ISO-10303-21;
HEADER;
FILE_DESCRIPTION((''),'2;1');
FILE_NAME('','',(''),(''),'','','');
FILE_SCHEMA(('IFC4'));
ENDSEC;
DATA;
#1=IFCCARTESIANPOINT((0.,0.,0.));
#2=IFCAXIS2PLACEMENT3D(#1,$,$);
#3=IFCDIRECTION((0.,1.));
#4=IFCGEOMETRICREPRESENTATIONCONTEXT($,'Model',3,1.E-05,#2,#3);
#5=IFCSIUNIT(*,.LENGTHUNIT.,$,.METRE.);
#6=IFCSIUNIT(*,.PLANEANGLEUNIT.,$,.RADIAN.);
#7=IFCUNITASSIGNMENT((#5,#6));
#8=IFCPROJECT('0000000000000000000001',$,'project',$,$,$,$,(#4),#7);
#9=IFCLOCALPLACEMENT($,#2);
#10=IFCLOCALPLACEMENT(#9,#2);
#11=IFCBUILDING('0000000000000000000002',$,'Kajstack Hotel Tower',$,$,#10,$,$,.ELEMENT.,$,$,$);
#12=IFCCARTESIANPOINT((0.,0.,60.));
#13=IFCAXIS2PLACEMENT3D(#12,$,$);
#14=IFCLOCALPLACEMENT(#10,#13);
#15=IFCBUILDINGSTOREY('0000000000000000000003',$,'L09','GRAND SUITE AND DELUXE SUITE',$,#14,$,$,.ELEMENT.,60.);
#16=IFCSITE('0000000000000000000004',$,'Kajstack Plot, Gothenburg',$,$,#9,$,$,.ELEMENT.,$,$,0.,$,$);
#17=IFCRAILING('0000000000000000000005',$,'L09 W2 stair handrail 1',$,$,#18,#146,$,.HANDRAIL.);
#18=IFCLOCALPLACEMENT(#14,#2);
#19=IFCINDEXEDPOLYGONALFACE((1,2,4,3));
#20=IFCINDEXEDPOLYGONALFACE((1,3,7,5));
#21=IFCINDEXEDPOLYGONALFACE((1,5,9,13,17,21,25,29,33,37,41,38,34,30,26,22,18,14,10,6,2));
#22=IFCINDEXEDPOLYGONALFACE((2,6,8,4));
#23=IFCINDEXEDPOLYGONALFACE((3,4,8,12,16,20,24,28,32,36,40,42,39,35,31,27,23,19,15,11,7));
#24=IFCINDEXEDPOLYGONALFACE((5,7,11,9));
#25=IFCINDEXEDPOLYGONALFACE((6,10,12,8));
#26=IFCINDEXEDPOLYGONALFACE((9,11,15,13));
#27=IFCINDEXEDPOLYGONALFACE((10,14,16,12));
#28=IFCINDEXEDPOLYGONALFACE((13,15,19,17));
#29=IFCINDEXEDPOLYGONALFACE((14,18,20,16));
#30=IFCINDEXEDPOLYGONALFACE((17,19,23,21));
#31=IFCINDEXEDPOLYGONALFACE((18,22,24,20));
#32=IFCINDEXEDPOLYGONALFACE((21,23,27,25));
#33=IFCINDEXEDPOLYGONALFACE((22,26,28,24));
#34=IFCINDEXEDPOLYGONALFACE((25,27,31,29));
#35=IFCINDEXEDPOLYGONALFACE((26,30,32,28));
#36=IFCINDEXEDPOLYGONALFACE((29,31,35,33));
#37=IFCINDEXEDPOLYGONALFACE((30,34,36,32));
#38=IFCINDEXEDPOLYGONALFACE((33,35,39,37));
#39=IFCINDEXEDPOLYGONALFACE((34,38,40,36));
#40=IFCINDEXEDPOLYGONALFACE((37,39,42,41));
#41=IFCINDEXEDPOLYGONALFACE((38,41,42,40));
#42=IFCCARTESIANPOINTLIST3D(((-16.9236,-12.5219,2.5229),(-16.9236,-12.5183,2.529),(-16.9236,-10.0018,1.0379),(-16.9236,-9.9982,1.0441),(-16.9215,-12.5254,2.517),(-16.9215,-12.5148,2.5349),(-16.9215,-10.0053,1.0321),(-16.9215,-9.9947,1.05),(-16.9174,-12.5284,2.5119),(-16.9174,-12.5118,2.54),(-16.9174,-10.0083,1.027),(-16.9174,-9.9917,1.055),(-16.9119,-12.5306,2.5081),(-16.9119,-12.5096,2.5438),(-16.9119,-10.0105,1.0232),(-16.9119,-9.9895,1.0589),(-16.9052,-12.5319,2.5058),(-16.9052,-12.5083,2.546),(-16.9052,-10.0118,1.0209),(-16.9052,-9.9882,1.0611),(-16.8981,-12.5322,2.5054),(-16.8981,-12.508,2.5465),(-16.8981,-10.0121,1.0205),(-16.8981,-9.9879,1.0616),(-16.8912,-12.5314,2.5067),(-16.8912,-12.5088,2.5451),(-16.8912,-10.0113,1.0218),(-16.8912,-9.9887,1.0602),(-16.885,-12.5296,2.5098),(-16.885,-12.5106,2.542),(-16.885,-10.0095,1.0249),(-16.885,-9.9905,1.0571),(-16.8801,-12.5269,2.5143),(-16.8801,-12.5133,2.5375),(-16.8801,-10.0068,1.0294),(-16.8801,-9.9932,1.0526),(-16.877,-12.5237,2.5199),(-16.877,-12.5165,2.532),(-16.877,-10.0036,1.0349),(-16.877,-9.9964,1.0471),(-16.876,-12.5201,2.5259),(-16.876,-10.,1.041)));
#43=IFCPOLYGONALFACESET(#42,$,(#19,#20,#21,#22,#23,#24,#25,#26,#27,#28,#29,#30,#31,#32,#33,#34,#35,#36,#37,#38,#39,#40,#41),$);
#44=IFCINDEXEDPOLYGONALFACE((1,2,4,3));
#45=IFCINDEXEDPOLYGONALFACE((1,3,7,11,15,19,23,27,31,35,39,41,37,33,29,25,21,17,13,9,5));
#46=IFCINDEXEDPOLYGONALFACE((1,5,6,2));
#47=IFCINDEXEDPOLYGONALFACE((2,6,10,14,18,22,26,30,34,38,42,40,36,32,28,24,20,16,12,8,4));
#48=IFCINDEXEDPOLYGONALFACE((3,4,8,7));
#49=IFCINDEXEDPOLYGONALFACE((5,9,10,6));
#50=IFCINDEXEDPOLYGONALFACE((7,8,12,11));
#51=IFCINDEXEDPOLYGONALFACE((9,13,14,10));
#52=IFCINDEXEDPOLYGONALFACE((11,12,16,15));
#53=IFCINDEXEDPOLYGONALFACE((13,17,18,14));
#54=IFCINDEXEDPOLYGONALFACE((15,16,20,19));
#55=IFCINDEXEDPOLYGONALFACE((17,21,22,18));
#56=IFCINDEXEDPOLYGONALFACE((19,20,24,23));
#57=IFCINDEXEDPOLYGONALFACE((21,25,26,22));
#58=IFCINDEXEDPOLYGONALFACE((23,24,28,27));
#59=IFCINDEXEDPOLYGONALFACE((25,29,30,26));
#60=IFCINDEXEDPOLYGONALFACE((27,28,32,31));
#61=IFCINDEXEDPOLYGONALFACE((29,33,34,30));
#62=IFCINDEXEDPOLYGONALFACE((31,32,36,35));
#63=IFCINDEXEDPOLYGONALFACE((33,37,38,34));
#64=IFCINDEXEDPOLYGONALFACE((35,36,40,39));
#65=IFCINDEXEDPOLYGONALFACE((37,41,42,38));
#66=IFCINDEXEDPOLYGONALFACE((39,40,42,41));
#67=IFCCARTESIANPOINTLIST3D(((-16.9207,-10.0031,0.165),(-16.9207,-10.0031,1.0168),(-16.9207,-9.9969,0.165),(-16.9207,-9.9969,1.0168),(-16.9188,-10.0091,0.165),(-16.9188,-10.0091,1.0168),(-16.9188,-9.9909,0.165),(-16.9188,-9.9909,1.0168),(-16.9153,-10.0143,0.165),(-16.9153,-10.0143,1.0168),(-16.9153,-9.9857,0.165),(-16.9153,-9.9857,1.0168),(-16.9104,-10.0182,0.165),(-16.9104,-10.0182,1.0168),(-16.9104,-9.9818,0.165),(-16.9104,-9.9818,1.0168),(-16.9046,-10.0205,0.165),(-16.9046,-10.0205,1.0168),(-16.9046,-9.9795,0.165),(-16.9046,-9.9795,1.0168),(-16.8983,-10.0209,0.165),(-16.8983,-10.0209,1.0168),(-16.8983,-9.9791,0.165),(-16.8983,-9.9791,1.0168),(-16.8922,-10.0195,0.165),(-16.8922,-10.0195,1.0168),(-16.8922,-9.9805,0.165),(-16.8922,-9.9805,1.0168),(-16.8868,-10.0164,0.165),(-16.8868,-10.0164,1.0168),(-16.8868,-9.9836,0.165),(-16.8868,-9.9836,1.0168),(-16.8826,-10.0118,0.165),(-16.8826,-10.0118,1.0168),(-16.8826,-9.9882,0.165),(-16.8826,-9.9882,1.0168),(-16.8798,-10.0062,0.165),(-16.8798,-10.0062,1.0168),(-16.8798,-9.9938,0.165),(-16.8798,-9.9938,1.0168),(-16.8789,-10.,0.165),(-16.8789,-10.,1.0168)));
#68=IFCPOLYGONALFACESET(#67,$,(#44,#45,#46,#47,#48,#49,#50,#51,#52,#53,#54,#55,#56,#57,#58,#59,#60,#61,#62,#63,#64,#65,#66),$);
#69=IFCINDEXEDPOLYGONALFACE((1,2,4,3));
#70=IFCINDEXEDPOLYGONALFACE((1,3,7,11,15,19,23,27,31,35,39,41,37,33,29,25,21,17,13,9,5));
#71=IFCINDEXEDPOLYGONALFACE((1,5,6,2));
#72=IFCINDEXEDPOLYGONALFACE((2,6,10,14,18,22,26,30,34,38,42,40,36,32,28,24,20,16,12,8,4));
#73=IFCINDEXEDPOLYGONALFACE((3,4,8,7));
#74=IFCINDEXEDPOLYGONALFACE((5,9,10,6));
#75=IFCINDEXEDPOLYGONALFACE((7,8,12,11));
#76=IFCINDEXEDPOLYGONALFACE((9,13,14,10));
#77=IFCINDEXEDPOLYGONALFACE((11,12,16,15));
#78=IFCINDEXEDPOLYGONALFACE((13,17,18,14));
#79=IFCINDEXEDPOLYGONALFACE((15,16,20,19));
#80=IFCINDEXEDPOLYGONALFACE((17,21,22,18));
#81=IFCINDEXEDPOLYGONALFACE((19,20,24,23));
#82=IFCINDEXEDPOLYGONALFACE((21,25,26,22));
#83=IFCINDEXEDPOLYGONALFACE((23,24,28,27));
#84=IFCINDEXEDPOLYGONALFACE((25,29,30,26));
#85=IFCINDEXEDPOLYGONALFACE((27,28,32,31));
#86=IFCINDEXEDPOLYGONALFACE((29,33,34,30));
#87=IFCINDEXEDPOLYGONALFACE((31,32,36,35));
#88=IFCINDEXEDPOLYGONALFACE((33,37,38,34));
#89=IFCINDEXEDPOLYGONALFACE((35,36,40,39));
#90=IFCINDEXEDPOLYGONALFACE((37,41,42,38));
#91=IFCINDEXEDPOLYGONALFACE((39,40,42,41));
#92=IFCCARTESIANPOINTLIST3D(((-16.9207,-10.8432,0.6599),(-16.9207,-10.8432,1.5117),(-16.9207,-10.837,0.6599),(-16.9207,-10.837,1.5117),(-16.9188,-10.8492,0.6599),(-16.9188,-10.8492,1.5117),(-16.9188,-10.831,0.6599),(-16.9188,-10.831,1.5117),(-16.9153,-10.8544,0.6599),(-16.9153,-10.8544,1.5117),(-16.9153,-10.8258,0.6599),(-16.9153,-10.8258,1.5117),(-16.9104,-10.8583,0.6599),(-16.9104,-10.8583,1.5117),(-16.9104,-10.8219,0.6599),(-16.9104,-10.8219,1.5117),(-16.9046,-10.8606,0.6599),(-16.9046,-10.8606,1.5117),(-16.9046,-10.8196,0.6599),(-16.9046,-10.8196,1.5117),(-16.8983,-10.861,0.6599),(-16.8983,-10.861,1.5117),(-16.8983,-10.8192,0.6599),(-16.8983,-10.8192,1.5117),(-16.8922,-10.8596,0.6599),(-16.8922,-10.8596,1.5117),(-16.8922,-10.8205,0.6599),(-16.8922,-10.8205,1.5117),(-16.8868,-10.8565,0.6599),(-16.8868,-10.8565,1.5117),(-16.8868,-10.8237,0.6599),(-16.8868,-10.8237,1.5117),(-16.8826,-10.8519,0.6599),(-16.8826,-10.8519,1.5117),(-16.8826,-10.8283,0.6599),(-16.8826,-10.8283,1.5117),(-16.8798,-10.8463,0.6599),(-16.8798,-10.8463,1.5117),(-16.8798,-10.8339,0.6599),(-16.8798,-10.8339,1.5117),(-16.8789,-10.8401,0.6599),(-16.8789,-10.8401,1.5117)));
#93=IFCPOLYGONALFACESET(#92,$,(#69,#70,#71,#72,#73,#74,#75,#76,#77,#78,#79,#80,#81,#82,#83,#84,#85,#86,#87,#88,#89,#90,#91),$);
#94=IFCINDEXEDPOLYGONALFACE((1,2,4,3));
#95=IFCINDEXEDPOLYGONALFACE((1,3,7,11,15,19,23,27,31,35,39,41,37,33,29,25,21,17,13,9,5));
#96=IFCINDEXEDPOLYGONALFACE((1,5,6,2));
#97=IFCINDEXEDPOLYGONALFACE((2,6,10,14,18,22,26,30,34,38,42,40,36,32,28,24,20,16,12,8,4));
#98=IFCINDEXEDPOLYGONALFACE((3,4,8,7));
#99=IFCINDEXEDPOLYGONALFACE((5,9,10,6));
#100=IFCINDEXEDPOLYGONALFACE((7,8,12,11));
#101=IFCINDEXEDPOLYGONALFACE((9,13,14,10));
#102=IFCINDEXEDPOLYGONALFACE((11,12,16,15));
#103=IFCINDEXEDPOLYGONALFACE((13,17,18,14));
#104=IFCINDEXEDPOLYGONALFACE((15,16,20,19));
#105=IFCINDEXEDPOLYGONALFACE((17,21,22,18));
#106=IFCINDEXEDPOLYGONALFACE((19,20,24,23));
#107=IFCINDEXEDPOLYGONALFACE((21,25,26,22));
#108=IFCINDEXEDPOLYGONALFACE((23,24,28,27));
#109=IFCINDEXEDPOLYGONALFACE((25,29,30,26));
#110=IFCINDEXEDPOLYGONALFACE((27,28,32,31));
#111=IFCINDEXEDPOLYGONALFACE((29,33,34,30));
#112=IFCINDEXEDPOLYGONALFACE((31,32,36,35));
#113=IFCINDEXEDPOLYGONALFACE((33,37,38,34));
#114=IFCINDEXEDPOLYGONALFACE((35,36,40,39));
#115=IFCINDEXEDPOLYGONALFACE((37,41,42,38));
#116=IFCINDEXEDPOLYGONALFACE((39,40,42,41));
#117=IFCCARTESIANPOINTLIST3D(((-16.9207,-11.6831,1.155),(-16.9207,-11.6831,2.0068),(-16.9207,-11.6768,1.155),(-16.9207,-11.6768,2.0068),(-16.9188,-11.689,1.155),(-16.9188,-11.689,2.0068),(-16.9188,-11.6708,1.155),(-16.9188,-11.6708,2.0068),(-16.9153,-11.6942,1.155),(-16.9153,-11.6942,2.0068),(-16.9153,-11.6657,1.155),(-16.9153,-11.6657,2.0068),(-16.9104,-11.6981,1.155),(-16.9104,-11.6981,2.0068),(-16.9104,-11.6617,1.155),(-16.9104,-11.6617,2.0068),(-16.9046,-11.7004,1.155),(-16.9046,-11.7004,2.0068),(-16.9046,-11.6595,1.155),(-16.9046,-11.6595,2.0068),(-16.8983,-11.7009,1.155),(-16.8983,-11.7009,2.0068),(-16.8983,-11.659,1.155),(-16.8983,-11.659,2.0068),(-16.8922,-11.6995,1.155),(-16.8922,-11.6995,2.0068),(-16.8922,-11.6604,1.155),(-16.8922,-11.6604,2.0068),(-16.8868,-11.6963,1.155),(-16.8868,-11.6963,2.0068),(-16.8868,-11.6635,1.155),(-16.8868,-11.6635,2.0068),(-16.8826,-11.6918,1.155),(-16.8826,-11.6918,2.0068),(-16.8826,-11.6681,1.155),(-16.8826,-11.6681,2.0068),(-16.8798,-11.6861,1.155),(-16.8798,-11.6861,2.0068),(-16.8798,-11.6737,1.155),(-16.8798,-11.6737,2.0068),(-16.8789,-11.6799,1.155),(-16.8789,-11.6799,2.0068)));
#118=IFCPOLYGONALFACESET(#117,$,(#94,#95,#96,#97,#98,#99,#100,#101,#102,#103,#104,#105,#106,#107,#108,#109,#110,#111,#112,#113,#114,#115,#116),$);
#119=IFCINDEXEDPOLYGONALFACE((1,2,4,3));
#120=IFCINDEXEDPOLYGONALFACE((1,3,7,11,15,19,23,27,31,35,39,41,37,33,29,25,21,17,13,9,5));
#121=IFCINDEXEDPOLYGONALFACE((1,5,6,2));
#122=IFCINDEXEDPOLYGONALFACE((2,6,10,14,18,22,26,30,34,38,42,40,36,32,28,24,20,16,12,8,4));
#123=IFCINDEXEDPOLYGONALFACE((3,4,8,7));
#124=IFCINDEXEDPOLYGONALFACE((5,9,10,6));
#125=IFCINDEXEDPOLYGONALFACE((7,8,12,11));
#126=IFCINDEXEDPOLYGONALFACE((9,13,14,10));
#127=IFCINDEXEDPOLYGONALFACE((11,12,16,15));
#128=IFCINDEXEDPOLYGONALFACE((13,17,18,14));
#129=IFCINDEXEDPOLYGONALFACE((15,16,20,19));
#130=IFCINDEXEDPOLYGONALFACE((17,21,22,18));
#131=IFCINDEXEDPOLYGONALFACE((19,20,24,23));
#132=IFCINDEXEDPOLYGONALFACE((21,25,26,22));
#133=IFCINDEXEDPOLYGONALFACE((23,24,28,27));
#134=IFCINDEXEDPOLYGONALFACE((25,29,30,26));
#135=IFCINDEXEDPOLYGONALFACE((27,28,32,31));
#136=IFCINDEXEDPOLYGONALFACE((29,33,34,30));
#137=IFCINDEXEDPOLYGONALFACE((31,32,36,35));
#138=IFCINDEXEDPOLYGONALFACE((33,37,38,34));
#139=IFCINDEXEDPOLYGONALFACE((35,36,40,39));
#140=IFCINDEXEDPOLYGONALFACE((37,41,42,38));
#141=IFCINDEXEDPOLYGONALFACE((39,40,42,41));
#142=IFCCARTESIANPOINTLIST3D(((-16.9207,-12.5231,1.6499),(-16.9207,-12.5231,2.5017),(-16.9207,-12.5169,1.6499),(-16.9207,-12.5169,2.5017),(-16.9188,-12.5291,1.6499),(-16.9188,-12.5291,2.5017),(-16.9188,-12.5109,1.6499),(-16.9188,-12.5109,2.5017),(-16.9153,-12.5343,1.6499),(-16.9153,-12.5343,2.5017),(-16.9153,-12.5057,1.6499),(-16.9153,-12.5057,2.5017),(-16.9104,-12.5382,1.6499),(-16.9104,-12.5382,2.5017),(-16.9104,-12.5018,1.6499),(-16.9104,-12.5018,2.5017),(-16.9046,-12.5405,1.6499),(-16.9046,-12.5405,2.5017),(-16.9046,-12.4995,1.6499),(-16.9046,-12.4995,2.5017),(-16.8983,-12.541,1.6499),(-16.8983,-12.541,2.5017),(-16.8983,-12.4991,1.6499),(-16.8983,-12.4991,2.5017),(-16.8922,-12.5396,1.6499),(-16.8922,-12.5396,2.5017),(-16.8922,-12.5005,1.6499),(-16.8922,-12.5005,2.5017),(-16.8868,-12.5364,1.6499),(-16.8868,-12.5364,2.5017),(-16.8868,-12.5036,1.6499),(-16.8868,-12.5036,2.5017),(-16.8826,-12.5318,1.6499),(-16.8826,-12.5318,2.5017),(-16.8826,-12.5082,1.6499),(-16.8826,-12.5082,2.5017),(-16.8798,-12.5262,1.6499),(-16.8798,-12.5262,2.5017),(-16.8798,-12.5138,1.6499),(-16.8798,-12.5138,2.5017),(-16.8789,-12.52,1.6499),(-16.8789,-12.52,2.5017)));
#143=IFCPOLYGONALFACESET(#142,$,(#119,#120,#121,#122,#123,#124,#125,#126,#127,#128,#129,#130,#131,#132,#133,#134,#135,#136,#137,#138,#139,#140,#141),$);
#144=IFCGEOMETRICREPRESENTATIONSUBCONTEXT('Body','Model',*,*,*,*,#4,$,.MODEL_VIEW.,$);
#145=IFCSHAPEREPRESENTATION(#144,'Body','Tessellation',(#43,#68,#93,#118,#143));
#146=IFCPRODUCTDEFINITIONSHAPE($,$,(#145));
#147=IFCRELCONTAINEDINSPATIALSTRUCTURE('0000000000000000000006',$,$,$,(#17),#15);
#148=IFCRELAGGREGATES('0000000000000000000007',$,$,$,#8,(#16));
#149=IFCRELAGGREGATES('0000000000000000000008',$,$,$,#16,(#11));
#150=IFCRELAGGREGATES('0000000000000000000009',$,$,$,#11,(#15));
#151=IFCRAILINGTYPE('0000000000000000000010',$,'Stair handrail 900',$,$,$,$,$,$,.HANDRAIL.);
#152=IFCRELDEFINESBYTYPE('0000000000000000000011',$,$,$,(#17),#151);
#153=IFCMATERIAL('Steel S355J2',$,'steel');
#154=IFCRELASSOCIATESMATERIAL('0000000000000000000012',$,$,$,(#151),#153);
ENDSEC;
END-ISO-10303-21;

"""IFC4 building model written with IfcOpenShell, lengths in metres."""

from ifc_helpers import new_model, si_unit, direction, frame, origin, origin_2d, place, context, subcontext, project, spatial, circle, extrude, material, type_object, element, save


model = new_model("IFC4")

# Units and contexts
model_context = context("Model", 3, precision=1e-05, world=origin(), true_north=direction((0.0, 1.0)))
body_context = subcontext(model_context, "Body", "Model", "MODEL_VIEW")
ifc_project = project(units=[si_unit("LENGTHUNIT", "METRE"), si_unit("PLANEANGLEUNIT", "RADIAN")], contexts=[model_context])

# Site, building, storey
site_placement = place(None, origin())
site = spatial("IfcSite", under=ifc_project, at=site_placement, Name="Kajstack Plot, Gothenburg", CompositionType="ELEMENT", RefElevation=0.0)
building_placement = place(site_placement, origin())
building = spatial("IfcBuilding", under=site, at=building_placement, Name="Kajstack Hotel Tower", CompositionType="ELEMENT")
storey_placement = place(building_placement, frame((0.0, 0.0, 60.0)))
storey = spatial("IfcBuildingStorey", under=building, at=storey_placement, Name="L09", Description="GRAND SUITE AND DELUXE SUITE", CompositionType="ELEMENT", Elevation=60.0)

# Railing
ifc_material_1 = material(Name="Steel S355J2", Category="steel")
railing_type_1 = type_object("IfcRailingType", Name="Stair handrail 900", PredefinedType="HANDRAIL", material=ifc_material_1)
railing_1_placement = place(storey_placement, frame((-16.8999, -10.0, 0.165)))
element("IfcRailing", 1, at=railing_1_placement, inside=storey, type_object=railing_type_1, Name="L09 W2 stair handrail 1", PredefinedType="HANDRAIL", context=body_context, shape_type="SweptSolid", body=[
    extrude(circle(Radius=0.0239, at=origin_2d()), frame((0.0, 0.0, 0.876), z_axis=(0.0, -0.861561, 0.507655), x_axis=(1.0, 0.0, 0.0)), (0.0, 0.0, 1.0), 2.925),
    extrude(circle(Radius=0.021, at=origin_2d()), origin(), (0.0, 0.0, 1.0), 0.8518),
    extrude(circle(Radius=0.021, at=origin_2d()), frame((0.0, -0.8401, 0.4949)), (0.0, 0.0, 1.0), 0.8518),
    extrude(circle(Radius=0.021, at=origin_2d()), frame((0.0, -1.6799, 0.99)), (0.0, 0.0, 1.0), 0.8518),
    extrude(circle(Radius=0.021, at=origin_2d()), frame((0.0, -2.52, 1.4849)), (0.0, 0.0, 1.0), 0.8518),
])

save(model, "model.ifc")
